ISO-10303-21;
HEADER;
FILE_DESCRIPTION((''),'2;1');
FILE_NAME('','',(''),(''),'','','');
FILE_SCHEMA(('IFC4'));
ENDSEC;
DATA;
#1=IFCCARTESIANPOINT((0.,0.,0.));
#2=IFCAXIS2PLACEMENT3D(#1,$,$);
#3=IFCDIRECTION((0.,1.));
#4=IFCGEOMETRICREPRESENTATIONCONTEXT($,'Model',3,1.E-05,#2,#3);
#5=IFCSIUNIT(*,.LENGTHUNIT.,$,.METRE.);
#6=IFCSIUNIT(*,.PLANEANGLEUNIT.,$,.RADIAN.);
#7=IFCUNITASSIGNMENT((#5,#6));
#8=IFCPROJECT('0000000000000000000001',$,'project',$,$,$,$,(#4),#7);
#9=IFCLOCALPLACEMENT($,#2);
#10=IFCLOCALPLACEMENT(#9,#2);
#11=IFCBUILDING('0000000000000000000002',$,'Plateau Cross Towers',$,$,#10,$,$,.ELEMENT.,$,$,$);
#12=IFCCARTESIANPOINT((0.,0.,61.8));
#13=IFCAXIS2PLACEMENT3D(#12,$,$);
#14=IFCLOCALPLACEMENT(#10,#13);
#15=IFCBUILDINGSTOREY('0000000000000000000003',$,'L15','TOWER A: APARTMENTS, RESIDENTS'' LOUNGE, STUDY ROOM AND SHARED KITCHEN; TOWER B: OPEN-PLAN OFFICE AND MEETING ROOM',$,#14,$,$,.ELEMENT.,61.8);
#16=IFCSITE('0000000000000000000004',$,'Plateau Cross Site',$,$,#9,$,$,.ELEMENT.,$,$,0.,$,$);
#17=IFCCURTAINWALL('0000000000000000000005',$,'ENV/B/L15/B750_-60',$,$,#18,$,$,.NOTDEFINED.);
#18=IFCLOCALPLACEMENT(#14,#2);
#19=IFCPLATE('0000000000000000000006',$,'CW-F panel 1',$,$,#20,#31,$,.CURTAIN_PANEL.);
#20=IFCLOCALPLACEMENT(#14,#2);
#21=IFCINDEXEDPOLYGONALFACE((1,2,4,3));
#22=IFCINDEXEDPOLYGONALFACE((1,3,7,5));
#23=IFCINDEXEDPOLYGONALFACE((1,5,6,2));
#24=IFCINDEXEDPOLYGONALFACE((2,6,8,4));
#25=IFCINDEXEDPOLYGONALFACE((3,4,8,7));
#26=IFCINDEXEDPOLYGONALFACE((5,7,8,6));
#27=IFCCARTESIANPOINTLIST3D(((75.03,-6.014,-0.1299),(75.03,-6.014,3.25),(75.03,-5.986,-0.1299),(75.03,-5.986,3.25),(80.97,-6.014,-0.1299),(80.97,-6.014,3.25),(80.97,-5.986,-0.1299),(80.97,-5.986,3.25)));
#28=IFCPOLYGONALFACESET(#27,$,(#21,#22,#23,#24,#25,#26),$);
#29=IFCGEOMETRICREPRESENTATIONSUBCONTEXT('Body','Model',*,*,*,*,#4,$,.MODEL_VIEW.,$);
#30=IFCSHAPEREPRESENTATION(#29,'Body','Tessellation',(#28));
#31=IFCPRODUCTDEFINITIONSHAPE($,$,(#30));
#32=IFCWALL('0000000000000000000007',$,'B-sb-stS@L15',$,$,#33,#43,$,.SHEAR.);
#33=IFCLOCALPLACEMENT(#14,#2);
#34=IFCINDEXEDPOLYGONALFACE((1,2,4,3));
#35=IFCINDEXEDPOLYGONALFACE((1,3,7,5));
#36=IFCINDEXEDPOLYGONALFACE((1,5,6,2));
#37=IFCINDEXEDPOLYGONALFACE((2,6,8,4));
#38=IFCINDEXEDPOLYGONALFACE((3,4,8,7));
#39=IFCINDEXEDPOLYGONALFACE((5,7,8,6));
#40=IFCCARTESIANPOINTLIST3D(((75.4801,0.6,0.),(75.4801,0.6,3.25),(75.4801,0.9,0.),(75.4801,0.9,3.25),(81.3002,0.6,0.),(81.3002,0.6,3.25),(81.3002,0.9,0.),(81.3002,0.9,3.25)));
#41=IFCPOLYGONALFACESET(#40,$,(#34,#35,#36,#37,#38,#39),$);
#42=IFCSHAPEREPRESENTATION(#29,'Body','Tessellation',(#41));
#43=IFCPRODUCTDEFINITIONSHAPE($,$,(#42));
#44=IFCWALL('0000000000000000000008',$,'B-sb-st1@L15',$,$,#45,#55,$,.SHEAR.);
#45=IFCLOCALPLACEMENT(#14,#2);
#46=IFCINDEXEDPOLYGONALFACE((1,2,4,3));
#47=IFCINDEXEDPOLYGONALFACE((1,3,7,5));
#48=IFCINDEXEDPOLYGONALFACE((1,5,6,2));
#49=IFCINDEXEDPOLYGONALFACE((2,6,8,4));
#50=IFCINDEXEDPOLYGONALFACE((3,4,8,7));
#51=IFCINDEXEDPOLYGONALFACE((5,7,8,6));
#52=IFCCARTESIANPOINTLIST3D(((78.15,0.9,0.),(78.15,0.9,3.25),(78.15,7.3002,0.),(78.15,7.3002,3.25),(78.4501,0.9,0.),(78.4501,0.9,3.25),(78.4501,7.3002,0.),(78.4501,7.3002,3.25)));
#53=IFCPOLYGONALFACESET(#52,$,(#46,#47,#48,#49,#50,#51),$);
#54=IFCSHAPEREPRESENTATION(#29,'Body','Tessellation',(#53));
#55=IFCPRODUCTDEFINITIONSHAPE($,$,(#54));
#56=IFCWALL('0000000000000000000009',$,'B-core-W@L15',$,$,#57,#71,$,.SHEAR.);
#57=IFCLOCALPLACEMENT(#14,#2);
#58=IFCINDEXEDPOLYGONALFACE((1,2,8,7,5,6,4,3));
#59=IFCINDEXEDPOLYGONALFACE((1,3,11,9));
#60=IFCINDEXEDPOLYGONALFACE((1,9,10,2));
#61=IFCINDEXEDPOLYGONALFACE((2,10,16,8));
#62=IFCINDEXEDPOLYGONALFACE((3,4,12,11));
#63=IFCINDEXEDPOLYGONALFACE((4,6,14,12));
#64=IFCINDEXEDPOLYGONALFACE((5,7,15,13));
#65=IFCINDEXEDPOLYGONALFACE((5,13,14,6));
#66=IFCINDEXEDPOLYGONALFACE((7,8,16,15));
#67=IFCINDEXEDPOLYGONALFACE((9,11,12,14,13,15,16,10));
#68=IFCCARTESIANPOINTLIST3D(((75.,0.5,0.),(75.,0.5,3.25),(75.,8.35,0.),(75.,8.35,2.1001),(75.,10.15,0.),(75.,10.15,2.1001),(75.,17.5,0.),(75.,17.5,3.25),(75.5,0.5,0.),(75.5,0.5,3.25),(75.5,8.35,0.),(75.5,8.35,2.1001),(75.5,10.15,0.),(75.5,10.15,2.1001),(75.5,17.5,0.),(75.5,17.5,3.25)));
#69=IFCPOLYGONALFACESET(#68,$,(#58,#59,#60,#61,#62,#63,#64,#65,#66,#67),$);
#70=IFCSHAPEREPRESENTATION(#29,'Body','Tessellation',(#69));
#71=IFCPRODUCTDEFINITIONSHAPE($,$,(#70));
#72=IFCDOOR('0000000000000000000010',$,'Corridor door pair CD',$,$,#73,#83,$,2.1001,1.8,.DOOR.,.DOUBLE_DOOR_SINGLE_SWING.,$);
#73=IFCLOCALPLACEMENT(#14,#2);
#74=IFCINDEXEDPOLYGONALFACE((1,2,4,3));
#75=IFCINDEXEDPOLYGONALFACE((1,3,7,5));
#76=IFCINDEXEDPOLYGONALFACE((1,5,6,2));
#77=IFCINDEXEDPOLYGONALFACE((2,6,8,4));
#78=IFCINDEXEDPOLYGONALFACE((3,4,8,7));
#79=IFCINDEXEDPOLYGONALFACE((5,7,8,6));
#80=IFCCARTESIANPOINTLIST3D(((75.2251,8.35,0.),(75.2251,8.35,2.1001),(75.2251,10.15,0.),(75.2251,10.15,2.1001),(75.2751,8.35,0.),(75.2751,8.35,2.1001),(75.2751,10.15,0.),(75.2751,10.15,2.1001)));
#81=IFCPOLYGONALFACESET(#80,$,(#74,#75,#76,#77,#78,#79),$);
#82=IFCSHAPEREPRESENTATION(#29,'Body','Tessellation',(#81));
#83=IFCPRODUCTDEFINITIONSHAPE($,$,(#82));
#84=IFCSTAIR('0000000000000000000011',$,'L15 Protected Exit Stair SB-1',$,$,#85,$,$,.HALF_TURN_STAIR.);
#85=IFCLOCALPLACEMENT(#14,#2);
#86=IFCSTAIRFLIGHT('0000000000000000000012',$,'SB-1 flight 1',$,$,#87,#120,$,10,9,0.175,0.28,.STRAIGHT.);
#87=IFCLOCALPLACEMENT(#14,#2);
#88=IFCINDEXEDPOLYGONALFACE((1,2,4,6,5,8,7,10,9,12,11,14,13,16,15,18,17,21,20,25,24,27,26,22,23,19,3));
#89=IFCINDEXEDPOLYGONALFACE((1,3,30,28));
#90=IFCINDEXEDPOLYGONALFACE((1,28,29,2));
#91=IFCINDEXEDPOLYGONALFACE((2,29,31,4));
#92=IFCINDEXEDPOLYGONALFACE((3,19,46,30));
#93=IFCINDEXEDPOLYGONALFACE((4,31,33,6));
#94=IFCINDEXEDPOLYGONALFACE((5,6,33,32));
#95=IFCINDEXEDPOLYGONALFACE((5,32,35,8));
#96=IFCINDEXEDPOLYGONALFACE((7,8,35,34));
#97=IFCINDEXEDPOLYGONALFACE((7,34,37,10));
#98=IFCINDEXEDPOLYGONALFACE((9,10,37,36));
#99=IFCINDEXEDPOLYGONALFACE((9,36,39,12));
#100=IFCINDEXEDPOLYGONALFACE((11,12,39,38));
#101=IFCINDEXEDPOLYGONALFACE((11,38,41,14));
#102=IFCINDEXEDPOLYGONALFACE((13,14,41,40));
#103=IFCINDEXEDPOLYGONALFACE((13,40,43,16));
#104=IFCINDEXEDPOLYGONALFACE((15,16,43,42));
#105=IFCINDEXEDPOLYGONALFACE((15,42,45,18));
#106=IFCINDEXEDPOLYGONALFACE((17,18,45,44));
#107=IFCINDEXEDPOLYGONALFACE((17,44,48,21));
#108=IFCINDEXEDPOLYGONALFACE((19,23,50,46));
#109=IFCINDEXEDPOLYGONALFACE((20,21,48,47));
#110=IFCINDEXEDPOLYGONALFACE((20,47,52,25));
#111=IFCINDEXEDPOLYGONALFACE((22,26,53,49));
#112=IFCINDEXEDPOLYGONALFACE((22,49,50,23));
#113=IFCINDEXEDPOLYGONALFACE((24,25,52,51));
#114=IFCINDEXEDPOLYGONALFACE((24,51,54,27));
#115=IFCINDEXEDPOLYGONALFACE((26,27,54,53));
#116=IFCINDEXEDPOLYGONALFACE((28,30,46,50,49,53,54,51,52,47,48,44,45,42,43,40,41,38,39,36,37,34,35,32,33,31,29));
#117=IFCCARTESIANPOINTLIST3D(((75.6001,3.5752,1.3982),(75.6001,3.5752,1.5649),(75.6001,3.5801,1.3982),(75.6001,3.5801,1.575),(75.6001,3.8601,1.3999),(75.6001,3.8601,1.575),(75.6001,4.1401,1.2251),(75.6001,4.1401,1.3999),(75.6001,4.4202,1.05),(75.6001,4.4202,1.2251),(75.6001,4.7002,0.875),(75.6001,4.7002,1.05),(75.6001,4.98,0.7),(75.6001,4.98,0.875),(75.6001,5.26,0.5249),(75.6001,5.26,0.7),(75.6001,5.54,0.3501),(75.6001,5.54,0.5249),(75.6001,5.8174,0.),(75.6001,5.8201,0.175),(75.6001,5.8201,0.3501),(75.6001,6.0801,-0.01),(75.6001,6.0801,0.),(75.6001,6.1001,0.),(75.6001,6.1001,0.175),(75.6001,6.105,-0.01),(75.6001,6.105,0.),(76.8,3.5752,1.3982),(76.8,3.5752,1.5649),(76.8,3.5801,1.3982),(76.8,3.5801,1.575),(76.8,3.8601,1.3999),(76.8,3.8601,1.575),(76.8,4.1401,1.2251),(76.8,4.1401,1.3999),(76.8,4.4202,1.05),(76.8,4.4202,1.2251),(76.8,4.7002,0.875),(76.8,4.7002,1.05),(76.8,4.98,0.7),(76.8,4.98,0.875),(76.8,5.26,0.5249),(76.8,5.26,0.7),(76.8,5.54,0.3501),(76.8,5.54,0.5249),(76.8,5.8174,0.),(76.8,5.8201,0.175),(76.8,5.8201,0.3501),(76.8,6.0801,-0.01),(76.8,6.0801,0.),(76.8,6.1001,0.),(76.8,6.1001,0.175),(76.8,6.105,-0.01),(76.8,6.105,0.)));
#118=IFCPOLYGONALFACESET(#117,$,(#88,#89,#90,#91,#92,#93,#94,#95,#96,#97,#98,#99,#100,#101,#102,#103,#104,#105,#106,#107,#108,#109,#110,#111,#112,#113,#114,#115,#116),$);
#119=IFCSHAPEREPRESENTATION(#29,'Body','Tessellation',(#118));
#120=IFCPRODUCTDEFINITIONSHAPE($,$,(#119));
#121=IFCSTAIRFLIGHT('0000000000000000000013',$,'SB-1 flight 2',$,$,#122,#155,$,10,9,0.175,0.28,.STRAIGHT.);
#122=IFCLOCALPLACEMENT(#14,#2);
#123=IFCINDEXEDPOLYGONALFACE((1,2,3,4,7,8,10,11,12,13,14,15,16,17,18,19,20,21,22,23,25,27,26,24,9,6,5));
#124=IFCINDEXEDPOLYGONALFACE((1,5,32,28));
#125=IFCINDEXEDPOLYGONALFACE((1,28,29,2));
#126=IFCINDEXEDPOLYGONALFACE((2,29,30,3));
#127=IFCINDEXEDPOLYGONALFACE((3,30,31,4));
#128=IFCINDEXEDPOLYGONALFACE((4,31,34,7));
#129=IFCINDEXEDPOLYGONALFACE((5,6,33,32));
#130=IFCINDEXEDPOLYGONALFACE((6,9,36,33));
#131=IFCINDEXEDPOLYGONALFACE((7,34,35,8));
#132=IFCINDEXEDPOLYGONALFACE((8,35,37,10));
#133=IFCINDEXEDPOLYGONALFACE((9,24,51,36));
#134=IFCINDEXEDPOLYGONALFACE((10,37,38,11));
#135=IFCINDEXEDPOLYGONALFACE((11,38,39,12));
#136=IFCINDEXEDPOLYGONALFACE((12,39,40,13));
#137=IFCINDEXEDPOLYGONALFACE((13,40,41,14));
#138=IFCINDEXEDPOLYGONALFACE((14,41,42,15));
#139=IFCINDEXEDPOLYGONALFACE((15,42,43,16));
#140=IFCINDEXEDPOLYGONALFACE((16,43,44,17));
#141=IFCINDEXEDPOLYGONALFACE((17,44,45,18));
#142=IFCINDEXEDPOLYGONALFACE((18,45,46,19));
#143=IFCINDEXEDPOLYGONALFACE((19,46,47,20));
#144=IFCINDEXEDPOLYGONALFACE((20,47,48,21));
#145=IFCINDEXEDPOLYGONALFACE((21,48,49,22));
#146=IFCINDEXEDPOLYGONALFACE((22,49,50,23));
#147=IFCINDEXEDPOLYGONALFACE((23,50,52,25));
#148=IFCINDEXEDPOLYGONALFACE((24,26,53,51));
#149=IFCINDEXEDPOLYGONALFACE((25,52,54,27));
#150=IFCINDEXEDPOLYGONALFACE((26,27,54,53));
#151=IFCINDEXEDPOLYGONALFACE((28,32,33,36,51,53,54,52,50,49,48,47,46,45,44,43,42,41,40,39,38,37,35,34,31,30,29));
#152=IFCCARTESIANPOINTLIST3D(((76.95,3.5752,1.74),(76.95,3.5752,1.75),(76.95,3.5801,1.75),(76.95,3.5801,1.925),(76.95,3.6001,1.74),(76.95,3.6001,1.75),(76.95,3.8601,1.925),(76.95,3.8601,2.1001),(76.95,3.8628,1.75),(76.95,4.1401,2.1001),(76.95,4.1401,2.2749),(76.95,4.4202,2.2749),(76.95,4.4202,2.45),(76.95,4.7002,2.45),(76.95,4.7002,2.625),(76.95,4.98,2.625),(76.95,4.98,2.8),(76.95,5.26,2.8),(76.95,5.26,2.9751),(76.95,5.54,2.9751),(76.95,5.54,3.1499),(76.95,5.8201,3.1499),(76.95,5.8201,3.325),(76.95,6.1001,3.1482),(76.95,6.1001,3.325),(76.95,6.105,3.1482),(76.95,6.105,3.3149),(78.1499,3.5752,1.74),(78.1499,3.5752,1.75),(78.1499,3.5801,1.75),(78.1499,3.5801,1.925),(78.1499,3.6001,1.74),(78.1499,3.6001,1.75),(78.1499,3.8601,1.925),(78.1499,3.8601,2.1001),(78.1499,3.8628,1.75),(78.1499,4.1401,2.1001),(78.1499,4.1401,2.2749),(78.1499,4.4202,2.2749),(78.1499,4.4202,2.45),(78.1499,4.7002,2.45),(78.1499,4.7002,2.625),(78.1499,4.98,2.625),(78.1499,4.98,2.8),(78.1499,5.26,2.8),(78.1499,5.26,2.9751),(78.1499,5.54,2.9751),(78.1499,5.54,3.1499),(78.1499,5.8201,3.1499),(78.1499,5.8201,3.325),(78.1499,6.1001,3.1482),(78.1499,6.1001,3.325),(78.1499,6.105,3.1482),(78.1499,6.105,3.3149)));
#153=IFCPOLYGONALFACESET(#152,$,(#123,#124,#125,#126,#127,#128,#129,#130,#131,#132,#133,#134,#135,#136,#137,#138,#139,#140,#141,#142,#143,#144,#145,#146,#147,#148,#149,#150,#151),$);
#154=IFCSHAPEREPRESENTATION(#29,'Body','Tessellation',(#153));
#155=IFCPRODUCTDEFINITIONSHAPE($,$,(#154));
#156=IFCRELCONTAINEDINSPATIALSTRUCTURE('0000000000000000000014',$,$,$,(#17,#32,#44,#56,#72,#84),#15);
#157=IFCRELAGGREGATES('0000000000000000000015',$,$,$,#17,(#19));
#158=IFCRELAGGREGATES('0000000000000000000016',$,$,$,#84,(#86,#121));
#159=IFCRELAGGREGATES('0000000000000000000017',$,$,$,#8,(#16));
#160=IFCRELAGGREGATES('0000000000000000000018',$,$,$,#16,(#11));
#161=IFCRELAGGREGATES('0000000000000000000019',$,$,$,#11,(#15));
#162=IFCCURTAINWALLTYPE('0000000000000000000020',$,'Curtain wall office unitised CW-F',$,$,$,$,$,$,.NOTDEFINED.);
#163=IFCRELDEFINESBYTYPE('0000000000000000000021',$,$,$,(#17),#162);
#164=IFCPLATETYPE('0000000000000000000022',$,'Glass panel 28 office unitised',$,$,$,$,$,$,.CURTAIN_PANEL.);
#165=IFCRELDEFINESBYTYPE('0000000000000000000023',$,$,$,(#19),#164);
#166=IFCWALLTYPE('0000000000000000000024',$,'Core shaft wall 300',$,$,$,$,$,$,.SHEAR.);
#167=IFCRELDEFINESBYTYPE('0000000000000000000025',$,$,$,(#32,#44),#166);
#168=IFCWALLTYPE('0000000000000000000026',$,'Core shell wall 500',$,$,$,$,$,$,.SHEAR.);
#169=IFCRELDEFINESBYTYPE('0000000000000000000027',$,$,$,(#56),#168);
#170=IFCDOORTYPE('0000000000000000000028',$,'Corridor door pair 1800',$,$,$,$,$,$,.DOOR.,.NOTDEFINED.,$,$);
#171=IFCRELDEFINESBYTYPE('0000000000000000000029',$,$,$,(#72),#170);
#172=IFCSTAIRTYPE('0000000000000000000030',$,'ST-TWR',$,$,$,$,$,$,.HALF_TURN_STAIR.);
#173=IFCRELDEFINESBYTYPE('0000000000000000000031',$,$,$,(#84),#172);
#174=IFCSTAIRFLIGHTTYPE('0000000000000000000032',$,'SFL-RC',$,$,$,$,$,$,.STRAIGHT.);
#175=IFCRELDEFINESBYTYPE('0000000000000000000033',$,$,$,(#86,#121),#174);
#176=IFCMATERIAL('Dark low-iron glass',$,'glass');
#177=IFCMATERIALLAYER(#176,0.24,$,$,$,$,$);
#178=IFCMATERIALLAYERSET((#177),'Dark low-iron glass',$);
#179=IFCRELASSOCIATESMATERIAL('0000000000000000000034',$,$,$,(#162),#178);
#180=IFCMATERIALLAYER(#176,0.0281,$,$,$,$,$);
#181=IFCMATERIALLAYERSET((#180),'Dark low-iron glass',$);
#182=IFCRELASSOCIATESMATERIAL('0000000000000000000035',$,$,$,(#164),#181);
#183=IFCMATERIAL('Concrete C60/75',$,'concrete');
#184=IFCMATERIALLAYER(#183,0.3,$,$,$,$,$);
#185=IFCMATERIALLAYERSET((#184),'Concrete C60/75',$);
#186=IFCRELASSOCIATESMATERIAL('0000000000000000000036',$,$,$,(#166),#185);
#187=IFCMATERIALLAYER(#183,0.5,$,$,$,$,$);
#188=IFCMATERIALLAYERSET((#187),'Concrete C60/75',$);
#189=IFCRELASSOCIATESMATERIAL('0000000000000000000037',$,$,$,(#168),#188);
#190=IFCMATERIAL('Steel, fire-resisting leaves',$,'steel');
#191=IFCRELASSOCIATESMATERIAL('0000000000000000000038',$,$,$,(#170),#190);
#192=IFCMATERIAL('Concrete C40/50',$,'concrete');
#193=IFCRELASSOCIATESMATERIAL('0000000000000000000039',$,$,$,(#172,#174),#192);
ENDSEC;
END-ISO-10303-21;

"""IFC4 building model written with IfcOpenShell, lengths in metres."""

from ifc_helpers import new_model, si_unit, direction, frame, frame_2d, origin, origin_2d, place, context, subcontext, project, spatial, polyline, rectangle, outline, extrude, material, layer, layer_set, type_object, element, fill, aggregate, save


model = new_model("IFC4")

# Units and contexts
model_context = context("Model", 3, precision=1e-05, world=origin(), true_north=direction((0.0, 1.0)))
body_context = subcontext(model_context, "Body", "Model", "MODEL_VIEW")
ifc_project = project(units=[si_unit("LENGTHUNIT", "METRE"), si_unit("PLANEANGLEUNIT", "RADIAN")], contexts=[model_context])

# Site, building, storey
site_placement = place(None, origin())
site = spatial("IfcSite", under=ifc_project, at=site_placement, Name="Plateau Cross Site", CompositionType="ELEMENT", RefElevation=0.0)
building_placement = place(site_placement, origin())
building = spatial("IfcBuilding", under=site, at=building_placement, Name="Plateau Cross Towers", CompositionType="ELEMENT")
storey_placement = place(building_placement, frame((0.0, 0.0, 61.8)))
storey = spatial("IfcBuildingStorey", under=building, at=storey_placement, Name="L15", Description="TOWER A: APARTMENTS, RESIDENTS' LOUNGE, STUDY ROOM AND SHARED KITCHEN; TOWER B: OPEN-PLAN OFFICE AND MEETING ROOM", CompositionType="ELEMENT", Elevation=61.8)

# Curtain wall, plate
ifc_material_1 = material(Name="Dark low-iron glass", Category="glass")
ifc_layer_1 = layer(ifc_material_1, 0.24)
ifc_layer_set_1 = layer_set([ifc_layer_1], Name="Dark low-iron glass")
curtain_wall_type = type_object("IfcCurtainWallType", Name="Curtain wall office unitised CW-F", PredefinedType="NOTDEFINED", material=ifc_layer_set_1)
curtain_wall_placement = place(storey_placement, origin())
curtain_wall = element("IfcCurtainWall", 1, at=curtain_wall_placement, inside=storey, type_object=curtain_wall_type, Name="ENV/B/L15/B750_-60", PredefinedType="NOTDEFINED")
ifc_layer_2 = layer(ifc_material_1, 0.0281)
ifc_layer_set_2 = layer_set([ifc_layer_2], Name="Dark low-iron glass")
plate_type = type_object("IfcPlateType", Name="Glass panel 28 office unitised", PredefinedType="CURTAIN_PANEL", material=ifc_layer_set_2)
plate_placement = place(storey_placement, frame((78.0, -6.0, -0.1299), z_axis=(0.0, 0.0, 1.0), x_axis=(1.0, 0.0, 0.0)))
plate = element("IfcPlate", 2, at=plate_placement, type_object=plate_type, Name="CW-F panel 1", PredefinedType="CURTAIN_PANEL", context=body_context, shape_type="SweptSolid", body=[
    extrude(rectangle(XDim=5.9399, YDim=0.0281, at=origin_2d()), origin(), (0.0, 0.0, 1.0), 3.3799),
])
aggregate(curtain_wall, [plate])

# Walls
ifc_material_2 = material(Name="Concrete C60/75", Category="concrete")
ifc_layer_3 = layer(ifc_material_2, 0.3)
ifc_layer_set_3 = layer_set([ifc_layer_3], Name="Concrete C60/75")
wall_type_1 = type_object("IfcWallType", Name="Core shaft wall 300", PredefinedType="SHEAR", material=ifc_layer_set_3)
wall_1_placement = place(storey_placement, frame((75.48, 0.75, 0.0), z_axis=(0.0, 0.0, 1.0), x_axis=(1.0, 0.0, 0.0)))
element("IfcWall", 3, at=wall_1_placement, inside=storey, type_object=wall_type_1, Name="B-sb-stS@L15", PredefinedType="SHEAR", context=body_context, shape_type="SweptSolid", body=[
    extrude(rectangle(XDim=5.8201, YDim=0.3, at=frame_2d((2.9102, 0.0))), origin(), (0.0, 0.0, 1.0), 3.25),
])
wall_2_placement = place(storey_placement, frame((78.3, 0.8999, 0.0), z_axis=(0.0, 0.0, 1.0), x_axis=(0.0, 1.0, 0.0)))
element("IfcWall", 4, at=wall_2_placement, inside=storey, type_object=wall_type_1, Name="B-sb-st1@L15", PredefinedType="SHEAR", context=body_context, shape_type="SweptSolid", body=[
    extrude(rectangle(XDim=6.4001, YDim=0.3, at=frame_2d((3.2002, 0.0))), origin(), (0.0, 0.0, 1.0), 3.25),
])

# Wall, opening, door
ifc_layer_4 = layer(ifc_material_2, 0.5)
ifc_layer_set_4 = layer_set([ifc_layer_4], Name="Concrete C60/75")
wall_type_2 = type_object("IfcWallType", Name="Core shell wall 500", PredefinedType="SHEAR", material=ifc_layer_set_4)
wall_3_placement = place(storey_placement, frame((75.25, 0.5, 0.0), z_axis=(0.0, 0.0, 1.0), x_axis=(0.0, 1.0, 0.0)))
wall_3 = element("IfcWall", 5, at=wall_3_placement, inside=storey, type_object=wall_type_2, Name="B-core-W@L15", PredefinedType="SHEAR", context=body_context, shape_type="SweptSolid", body=[
    extrude(rectangle(XDim=17.0, YDim=0.5, at=frame_2d((8.5, 0.0))), origin(), (0.0, 0.0, 1.0), 3.25),
])
opening_1_placement = place(wall_3_placement, frame((7.8501, 0.0, 0.0)))
opening_1 = element("IfcOpeningElement", 6, at=opening_1_placement, cuts=wall_3, PredefinedType="OPENING", context=body_context, shape_type="SweptSolid", body=[
    extrude(rectangle(XDim=1.8, YDim=2.1001, at=frame_2d((0.8999, 1.05))), frame((0.0, 0.26, 0.0), z_axis=(0.0, -1.0, 0.0), x_axis=(1.0, 0.0, 0.0)), (0.0, 0.0, 1.0), 0.52),
])
ifc_material_3 = material(Name="Steel, fire-resisting leaves", Category="steel")
door_type_1 = type_object("IfcDoorType", Name="Corridor door pair 1800", OperationType="NOTDEFINED", PredefinedType="DOOR", material=ifc_material_3)
door_1_placement = place(opening_1_placement, origin())
door_1 = element("IfcDoor", 7, at=door_1_placement, inside=storey, type_object=door_type_1, Name="Corridor door pair CD", OperationType="DOUBLE_DOOR_SINGLE_SWING", OverallHeight=2.1001, OverallWidth=1.8, PredefinedType="DOOR", context=body_context, shape_type="SweptSolid", body=[
    extrude(rectangle(XDim=1.8, YDim=2.1001, at=frame_2d((0.8999, 1.05))), frame((0.0, 0.0249, 0.0), z_axis=(0.0, -1.0, 0.0), x_axis=(1.0, 0.0, 0.0)), (0.0, 0.0, 1.0), 0.05),
])
fill(opening_1, door_1)

# Stair, stair flights
ifc_material_4 = material(Name="Concrete C40/50", Category="concrete")
stair_type = type_object("IfcStairType", Name="ST-TWR", PredefinedType="HALF_TURN_STAIR", material=ifc_material_4)
stair_1_placement = place(storey_placement, origin())
stair_1 = element("IfcStair", 8, at=stair_1_placement, inside=storey, type_object=stair_type, Name="L15 Protected Exit Stair SB-1", PredefinedType="HALF_TURN_STAIR")
stair_flight_type = type_object("IfcStairFlightType", Name="SFL-RC", PredefinedType="STRAIGHT", material=ifc_material_4)
stair_flight_1_placement = place(storey_placement, frame((76.2, 6.1001, 0.0), z_axis=(0.0, 0.0, 1.0), x_axis=(0.0, -1.0, 0.0)))
stair_flight_1 = element("IfcStairFlight", 9, at=stair_flight_1_placement, type_object=stair_flight_type, Name="SB-1 flight 1", NumberOfRisers=10, NumberOfTreads=9, PredefinedType="STRAIGHT", RiserHeight=0.175, TreadLength=0.28, context=body_context, shape_type="SweptSolid", body=[
    extrude(outline(polyline([(-0.0049, -0.01), (-0.0049, 0.0), (0.0, 0.0), (0.0, 0.175), (0.28, 0.175), (0.28, 0.3501), (0.5601, 0.3501), (0.5601, 0.5249), (0.8401, 0.5249), (0.8401, 0.7), (1.1201, 0.7), (1.1201, 0.875), (1.3999, 0.875), (1.3999, 1.05), (1.6799, 1.05), (1.6799, 1.2251), (1.96, 1.2251), (1.96, 1.3999), (2.24, 1.3999), (2.24, 1.575), (2.52, 1.575), (2.5249, 1.5649), (2.5249, 1.3982), (2.52, 1.3982), (0.2827, 0.0), (0.02, 0.0), (0.02, -0.01), (-0.0049, -0.01)])), frame((0.0, 0.6001, 0.0), z_axis=(0.0, -1.0, 0.0), x_axis=(1.0, 0.0, 0.0)), (0.0, 0.0, 1.0), 1.2),
])
stair_flight_2_placement = place(storey_placement, frame((77.55, 3.5801, 1.75), z_axis=(0.0, 0.0, 1.0), x_axis=(0.0, 1.0, 0.0)))
stair_flight_2 = element("IfcStairFlight", 10, at=stair_flight_2_placement, type_object=stair_flight_type, Name="SB-1 flight 2", NumberOfRisers=10, NumberOfTreads=9, PredefinedType="STRAIGHT", RiserHeight=0.175, TreadLength=0.28, context=body_context, shape_type="SweptSolid", body=[
    extrude(outline(polyline([(-0.0049, -0.01), (-0.0049, 0.0), (0.0, 0.0), (0.0, 0.175), (0.28, 0.175), (0.28, 0.3501), (0.5601, 0.3501), (0.5601, 0.5249), (0.8401, 0.5249), (0.8401, 0.7), (1.1201, 0.7), (1.1201, 0.875), (1.3999, 0.875), (1.3999, 1.05), (1.6799, 1.05), (1.6799, 1.2251), (1.96, 1.2251), (1.96, 1.3999), (2.24, 1.3999), (2.24, 1.575), (2.52, 1.575), (2.5249, 1.5649), (2.5249, 1.3982), (2.52, 1.3982), (0.2827, 0.0), (0.02, 0.0), (0.02, -0.01), (-0.0049, -0.01)])), frame((0.0, 0.6001, 0.0), z_axis=(0.0, -1.0, 0.0), x_axis=(1.0, 0.0, 0.0)), (0.0, 0.0, 1.0), 1.2),
])
aggregate(stair_1, [stair_flight_1, stair_flight_2])

save(model, "model.ifc")
